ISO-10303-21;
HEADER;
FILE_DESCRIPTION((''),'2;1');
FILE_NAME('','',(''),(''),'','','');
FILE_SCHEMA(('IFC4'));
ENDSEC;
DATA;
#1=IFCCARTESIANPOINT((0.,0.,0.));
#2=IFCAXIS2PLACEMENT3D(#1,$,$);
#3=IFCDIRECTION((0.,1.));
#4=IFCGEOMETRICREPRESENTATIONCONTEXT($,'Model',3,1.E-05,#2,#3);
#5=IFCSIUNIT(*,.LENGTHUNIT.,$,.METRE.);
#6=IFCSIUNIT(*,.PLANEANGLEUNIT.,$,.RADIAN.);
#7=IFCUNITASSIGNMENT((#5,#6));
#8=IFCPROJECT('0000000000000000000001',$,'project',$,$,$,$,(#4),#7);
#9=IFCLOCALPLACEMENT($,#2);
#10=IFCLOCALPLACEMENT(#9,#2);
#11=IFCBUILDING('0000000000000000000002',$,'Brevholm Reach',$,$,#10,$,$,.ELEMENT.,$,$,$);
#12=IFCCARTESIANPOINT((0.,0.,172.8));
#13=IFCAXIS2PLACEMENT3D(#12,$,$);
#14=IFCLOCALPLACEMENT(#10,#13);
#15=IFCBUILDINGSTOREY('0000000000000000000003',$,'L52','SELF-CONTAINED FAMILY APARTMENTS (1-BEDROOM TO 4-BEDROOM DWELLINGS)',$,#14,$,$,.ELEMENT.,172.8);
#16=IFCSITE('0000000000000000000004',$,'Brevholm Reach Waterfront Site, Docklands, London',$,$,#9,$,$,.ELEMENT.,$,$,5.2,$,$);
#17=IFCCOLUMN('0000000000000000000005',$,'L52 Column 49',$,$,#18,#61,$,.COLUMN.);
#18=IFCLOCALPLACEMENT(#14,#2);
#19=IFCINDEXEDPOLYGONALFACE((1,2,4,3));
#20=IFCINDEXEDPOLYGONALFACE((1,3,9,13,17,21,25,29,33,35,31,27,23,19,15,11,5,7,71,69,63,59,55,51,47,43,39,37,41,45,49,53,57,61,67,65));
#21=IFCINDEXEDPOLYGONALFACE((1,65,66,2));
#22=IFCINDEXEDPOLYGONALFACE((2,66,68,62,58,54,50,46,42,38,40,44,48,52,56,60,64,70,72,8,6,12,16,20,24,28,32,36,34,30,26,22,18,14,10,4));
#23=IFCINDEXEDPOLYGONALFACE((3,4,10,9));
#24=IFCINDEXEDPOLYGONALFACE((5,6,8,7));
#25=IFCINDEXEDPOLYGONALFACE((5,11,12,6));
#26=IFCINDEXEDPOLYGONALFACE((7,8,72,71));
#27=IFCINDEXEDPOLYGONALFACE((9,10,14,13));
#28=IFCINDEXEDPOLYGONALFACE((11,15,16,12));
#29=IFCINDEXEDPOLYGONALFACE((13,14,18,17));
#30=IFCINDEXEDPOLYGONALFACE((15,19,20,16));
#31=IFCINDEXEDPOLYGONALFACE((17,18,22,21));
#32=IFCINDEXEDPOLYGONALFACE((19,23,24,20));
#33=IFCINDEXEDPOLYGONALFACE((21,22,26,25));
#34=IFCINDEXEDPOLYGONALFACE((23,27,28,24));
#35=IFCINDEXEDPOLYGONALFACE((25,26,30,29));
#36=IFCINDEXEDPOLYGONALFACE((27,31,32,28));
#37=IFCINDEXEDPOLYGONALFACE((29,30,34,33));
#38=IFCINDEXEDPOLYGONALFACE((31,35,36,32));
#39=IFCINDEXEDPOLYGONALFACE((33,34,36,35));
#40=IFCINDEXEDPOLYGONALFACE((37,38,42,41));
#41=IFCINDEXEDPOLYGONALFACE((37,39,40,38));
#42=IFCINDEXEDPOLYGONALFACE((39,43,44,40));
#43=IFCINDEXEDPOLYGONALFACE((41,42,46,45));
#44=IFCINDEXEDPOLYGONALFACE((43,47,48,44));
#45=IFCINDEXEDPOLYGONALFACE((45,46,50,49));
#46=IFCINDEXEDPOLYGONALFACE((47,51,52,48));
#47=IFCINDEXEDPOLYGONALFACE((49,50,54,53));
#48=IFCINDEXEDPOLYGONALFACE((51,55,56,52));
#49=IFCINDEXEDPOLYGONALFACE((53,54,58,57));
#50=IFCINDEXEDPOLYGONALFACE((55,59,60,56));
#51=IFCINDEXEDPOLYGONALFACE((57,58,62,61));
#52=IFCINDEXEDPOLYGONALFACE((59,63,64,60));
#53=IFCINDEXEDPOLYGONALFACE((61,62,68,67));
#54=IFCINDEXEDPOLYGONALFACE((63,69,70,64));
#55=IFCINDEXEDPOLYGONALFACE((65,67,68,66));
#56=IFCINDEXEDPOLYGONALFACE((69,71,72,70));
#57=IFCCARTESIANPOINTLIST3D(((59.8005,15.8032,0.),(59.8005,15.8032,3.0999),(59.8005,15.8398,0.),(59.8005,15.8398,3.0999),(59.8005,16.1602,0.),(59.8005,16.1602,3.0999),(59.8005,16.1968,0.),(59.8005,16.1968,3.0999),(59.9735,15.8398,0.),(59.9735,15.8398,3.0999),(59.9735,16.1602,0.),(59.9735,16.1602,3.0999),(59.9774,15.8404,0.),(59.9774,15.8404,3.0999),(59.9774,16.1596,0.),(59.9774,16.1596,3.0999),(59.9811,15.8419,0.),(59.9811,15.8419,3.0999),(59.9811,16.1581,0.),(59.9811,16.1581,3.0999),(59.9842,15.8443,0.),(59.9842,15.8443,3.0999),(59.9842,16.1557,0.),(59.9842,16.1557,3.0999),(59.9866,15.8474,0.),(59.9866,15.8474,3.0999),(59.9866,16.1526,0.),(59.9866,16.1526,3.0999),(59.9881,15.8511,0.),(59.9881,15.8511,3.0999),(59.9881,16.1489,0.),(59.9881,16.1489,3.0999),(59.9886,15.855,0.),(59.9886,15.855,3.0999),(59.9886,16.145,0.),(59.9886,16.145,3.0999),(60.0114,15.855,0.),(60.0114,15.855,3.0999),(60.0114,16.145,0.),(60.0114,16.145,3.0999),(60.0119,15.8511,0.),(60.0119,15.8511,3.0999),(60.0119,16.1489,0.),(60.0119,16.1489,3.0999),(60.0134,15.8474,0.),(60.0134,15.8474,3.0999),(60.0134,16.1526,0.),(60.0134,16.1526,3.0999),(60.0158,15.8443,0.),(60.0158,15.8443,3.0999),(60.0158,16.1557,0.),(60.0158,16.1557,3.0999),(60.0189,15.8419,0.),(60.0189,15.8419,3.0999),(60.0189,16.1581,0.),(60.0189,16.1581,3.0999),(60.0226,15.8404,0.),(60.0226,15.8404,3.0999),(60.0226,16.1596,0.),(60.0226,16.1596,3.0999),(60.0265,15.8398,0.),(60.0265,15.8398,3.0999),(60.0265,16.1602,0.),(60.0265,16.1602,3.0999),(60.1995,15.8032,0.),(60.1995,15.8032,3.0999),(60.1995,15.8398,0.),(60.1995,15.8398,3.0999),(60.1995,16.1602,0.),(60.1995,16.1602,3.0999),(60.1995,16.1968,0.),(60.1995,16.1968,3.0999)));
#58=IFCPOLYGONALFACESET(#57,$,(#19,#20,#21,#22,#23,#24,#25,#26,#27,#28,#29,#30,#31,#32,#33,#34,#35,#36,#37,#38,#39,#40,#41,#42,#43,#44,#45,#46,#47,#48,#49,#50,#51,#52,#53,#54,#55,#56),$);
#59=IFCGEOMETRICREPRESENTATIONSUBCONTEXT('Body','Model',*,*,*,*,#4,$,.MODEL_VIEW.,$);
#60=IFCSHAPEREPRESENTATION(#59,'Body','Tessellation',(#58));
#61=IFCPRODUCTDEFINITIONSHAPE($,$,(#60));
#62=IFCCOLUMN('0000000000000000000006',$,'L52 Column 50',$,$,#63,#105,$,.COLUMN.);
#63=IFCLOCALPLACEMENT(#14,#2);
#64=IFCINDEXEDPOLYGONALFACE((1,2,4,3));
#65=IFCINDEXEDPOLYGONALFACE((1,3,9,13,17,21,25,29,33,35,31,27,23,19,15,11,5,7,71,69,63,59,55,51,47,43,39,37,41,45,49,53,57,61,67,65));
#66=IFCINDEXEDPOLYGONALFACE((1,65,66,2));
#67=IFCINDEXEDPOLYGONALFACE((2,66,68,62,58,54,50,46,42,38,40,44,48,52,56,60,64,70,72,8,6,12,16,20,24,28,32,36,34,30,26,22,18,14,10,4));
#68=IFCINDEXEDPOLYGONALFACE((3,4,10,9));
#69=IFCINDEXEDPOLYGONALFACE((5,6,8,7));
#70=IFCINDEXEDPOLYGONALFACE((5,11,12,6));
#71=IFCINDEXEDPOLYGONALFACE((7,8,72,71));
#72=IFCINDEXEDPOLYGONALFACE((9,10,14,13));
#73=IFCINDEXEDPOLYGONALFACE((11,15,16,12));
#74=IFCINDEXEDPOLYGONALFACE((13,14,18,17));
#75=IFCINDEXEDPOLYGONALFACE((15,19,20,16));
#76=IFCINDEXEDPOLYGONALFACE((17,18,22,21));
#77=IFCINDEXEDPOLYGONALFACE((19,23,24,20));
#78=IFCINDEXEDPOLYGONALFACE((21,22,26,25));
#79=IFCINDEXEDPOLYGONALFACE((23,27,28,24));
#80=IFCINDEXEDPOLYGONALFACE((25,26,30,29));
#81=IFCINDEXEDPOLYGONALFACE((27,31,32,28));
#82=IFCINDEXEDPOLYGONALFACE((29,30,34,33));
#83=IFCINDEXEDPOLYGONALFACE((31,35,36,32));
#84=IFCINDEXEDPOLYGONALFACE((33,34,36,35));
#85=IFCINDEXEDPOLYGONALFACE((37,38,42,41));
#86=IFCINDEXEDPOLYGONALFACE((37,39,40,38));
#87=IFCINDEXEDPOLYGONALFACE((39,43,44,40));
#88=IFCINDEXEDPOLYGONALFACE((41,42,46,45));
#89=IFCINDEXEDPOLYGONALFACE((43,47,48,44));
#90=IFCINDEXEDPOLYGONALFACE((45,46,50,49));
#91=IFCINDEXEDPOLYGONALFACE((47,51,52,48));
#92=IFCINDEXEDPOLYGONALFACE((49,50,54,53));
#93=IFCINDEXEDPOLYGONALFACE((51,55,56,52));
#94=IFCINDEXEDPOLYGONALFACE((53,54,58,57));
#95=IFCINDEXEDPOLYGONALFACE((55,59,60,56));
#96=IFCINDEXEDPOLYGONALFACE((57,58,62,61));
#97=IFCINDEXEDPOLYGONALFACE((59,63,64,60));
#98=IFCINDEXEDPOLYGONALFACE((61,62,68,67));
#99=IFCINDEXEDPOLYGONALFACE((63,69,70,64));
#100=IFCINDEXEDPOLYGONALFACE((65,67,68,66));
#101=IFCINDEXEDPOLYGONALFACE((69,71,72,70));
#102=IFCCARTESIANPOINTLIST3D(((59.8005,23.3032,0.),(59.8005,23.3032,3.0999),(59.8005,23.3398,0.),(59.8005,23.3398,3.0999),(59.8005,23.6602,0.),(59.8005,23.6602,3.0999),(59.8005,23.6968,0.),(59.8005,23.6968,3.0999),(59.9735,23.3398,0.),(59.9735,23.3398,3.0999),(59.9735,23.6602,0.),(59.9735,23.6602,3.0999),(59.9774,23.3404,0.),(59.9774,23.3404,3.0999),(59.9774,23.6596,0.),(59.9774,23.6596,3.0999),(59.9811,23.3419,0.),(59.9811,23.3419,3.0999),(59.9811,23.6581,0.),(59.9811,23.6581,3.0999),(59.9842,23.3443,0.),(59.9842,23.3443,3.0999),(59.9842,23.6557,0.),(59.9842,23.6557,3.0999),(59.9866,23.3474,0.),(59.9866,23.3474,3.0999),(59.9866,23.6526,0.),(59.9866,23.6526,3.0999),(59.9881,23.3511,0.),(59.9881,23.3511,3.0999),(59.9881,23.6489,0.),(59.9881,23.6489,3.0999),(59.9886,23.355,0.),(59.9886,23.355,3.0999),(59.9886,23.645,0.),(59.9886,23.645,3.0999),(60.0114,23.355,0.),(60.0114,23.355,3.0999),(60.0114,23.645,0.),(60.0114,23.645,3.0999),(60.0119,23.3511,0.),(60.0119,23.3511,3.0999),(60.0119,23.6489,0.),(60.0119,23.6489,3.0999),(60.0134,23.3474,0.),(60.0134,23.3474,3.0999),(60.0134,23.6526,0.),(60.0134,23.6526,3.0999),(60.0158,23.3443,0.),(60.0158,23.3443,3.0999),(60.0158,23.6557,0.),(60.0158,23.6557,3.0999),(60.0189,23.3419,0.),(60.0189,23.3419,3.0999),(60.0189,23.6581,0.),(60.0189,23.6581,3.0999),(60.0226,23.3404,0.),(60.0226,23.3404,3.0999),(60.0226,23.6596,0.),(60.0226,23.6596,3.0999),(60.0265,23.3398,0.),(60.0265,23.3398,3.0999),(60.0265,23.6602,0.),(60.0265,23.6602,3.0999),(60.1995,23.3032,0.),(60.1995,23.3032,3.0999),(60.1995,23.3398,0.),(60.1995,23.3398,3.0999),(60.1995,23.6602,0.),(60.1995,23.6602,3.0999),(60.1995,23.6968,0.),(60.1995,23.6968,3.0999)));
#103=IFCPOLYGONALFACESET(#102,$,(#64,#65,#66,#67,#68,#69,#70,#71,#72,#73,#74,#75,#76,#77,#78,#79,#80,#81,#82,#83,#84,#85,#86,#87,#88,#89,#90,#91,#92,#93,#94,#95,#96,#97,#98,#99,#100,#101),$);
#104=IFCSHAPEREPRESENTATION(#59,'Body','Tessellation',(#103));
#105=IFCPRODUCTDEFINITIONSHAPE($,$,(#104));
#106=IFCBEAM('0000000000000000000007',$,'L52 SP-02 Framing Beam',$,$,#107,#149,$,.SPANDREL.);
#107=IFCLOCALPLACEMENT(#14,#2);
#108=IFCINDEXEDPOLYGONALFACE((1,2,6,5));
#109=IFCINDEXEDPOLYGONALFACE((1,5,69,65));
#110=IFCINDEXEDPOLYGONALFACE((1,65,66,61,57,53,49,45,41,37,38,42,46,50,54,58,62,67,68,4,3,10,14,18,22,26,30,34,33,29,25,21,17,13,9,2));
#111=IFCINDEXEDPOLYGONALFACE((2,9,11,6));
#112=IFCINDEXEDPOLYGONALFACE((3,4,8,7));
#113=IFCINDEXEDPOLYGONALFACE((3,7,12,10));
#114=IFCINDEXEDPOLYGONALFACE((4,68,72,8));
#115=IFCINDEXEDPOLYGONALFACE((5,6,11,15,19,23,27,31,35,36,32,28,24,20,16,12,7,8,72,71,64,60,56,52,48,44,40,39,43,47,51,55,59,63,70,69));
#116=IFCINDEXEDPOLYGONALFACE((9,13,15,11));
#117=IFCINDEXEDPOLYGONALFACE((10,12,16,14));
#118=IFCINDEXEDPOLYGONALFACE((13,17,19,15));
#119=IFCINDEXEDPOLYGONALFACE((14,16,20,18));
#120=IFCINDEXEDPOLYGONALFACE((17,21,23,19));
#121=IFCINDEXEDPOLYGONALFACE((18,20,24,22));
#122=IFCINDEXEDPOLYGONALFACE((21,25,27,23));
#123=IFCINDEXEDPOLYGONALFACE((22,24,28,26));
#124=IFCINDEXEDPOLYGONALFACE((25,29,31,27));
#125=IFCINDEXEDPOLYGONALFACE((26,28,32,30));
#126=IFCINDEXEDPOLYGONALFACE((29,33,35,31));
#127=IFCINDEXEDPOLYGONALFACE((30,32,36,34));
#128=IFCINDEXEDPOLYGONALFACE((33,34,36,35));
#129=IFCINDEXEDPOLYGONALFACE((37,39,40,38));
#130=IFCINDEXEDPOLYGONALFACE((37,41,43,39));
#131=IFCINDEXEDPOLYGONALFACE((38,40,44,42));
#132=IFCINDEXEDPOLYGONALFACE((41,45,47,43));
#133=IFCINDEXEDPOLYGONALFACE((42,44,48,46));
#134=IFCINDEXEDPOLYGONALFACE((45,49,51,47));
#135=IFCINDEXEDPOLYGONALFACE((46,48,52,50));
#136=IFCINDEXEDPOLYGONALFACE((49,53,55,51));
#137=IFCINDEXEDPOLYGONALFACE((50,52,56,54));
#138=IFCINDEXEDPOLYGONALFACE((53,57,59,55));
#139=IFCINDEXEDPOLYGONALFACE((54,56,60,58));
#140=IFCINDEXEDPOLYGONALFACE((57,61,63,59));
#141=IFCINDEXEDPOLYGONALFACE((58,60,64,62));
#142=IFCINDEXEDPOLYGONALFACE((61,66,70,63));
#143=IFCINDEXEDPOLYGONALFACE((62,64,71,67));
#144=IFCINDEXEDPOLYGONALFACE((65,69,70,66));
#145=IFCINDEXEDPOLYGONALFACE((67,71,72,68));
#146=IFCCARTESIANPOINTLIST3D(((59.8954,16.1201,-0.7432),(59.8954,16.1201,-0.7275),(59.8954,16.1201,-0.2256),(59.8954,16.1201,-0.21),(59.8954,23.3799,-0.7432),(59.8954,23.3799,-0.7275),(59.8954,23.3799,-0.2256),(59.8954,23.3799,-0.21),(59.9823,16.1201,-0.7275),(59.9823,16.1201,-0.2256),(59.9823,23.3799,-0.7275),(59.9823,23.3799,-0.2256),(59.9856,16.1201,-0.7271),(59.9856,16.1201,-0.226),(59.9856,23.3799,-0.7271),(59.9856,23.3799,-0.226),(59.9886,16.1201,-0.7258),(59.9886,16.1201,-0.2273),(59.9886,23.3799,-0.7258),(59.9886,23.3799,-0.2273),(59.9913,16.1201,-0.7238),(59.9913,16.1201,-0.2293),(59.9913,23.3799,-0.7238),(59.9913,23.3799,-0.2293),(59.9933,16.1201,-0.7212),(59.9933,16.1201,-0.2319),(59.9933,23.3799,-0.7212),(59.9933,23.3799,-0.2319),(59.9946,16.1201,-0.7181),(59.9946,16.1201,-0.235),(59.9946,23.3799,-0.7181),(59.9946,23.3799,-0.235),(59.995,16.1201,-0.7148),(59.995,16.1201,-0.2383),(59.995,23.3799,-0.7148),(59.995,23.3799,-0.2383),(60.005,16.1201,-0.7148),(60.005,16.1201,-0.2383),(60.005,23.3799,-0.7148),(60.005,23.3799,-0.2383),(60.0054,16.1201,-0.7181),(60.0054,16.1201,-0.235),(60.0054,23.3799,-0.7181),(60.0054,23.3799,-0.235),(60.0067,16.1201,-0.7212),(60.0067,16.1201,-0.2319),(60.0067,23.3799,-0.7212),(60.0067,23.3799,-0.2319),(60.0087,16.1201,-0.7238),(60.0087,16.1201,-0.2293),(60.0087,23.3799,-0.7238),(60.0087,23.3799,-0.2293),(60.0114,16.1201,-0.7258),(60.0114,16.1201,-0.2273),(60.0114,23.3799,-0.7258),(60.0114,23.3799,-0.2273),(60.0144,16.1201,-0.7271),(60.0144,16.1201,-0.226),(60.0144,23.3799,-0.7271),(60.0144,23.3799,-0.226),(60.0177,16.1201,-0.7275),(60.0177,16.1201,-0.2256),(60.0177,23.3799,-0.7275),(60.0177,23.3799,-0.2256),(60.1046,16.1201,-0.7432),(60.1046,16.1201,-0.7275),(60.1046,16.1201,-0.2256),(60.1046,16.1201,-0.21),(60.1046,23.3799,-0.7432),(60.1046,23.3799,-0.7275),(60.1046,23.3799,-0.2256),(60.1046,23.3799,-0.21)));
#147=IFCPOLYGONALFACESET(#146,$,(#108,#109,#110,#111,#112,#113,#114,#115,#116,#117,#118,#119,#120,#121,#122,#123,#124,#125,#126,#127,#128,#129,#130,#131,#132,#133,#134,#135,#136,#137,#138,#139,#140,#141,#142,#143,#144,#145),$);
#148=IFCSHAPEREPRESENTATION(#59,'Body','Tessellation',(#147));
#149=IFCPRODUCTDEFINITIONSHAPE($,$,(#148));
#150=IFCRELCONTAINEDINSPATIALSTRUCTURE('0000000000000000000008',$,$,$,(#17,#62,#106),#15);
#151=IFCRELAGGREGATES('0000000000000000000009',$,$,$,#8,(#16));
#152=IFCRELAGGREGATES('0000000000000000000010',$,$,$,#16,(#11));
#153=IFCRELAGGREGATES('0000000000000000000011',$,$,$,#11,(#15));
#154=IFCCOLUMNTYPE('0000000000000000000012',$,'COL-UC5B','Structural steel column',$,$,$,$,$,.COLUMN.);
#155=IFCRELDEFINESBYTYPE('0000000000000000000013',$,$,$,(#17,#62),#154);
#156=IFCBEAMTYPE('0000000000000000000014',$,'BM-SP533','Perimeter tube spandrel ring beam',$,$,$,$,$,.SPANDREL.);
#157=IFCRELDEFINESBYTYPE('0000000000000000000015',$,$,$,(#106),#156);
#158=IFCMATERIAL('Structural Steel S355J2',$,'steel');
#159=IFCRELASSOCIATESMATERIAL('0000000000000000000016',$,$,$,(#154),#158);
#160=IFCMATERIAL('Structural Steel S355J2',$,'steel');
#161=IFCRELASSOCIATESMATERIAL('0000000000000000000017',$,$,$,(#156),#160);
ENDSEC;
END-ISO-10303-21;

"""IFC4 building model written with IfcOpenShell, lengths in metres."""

from ifc_helpers import new_model, si_unit, direction, frame, origin, origin_2d, place, context, subcontext, project, spatial, i_section, extrude, material, material_profile, profile_set, type_object, element, save


model = new_model("IFC4")

# Units and contexts
model_context = context("Model", 3, precision=1e-05, world=origin(), true_north=direction((0.0, 1.0)))
body_context = subcontext(model_context, "Body", "Model", "MODEL_VIEW")
ifc_project = project(units=[si_unit("LENGTHUNIT", "METRE"), si_unit("PLANEANGLEUNIT", "RADIAN")], contexts=[model_context])

# Site, building, storey
site_placement = place(None, origin())
site = spatial("IfcSite", under=ifc_project, at=site_placement, Name="Brevholm Reach Waterfront Site, Docklands, London", CompositionType="ELEMENT", RefElevation=5.2)
building_placement = place(site_placement, origin())
building = spatial("IfcBuilding", under=site, at=building_placement, Name="Brevholm Reach", CompositionType="ELEMENT")
storey_placement = place(building_placement, frame((0.0, 0.0, 172.8)))
storey = spatial("IfcBuildingStorey", under=building, at=storey_placement, Name="L52", Description="SELF-CONTAINED FAMILY APARTMENTS (1-BEDROOM TO 4-BEDROOM DWELLINGS)", CompositionType="ELEMENT", Elevation=172.8)

# Columns
ifc_material_1 = material(Name="Structural Steel S355J2", Category="steel")
ifc_material_profile_1 = material_profile(ifc_material_1, i_section(OverallWidth=0.3989, OverallDepth=0.3936, WebThickness=0.0227, FlangeThickness=0.0366, FilletRadius=0.0151, at=origin_2d()), Name="UKC 356x406x287")
ifc_profile_set_1 = profile_set([ifc_material_profile_1], Name="Structural Steel S355J2")
column_type = type_object("IfcColumnType", Name="COL-UC5B", Description="Structural steel column", PredefinedType="COLUMN", material=ifc_profile_set_1)
for number, where, z_axis, x_axis, name in (
    (1, (60.0, 16.0, 0.0), (0.0, 0.0, 1.0), (1.0, 0.0, 0.0), "L52 Column 49"),
    (2, (60.0, 23.5, 0.0), (0.0, 0.0, 1.0), (1.0, 0.0, 0.0), "L52 Column 50"),
):
    element("IfcColumn", number, at=place(storey_placement, frame(where, z_axis=z_axis, x_axis=x_axis)), inside=storey, type_object=column_type, Name=name, PredefinedType="COLUMN", context=body_context, shape_type="SweptSolid", body=[
        extrude(i_section(OverallWidth=0.3989, OverallDepth=0.3936, WebThickness=0.0227, FlangeThickness=0.0366, FilletRadius=0.0151, at=origin_2d()), origin(), (0.0, 0.0, 1.0), 3.0999),
    ])

# Beam
ifc_material_2 = material(Name="Structural Steel S355J2", Category="steel")
ifc_material_profile_2 = material_profile(ifc_material_2, i_section(OverallWidth=0.2092, OverallDepth=0.5332, WebThickness=0.01, FlangeThickness=0.0156, FilletRadius=0.0127, at=origin_2d()), Name="UKB 533x210x92")
ifc_profile_set_2 = profile_set([ifc_material_profile_2], Name="Structural Steel S355J2")
beam_type = type_object("IfcBeamType", Name="BM-SP533", Description="Perimeter tube spandrel ring beam", PredefinedType="SPANDREL", material=ifc_profile_set_2)
beam_placement = place(storey_placement, frame((60.0, 16.1201, -0.4766), z_axis=(0.0, 1.0, 0.0), x_axis=(-1.0, 0.0, 0.0)))
element("IfcBeam", 3, at=beam_placement, inside=storey, type_object=beam_type, Name="L52 SP-02 Framing Beam", PredefinedType="SPANDREL", context=body_context, shape_type="SweptSolid", body=[
    extrude(i_section(OverallWidth=0.2092, OverallDepth=0.5332, WebThickness=0.01, FlangeThickness=0.0156, FilletRadius=0.0127, at=origin_2d()), origin(), (0.0, 0.0, 1.0), 7.2598),
])

save(model, "model.ifc")
